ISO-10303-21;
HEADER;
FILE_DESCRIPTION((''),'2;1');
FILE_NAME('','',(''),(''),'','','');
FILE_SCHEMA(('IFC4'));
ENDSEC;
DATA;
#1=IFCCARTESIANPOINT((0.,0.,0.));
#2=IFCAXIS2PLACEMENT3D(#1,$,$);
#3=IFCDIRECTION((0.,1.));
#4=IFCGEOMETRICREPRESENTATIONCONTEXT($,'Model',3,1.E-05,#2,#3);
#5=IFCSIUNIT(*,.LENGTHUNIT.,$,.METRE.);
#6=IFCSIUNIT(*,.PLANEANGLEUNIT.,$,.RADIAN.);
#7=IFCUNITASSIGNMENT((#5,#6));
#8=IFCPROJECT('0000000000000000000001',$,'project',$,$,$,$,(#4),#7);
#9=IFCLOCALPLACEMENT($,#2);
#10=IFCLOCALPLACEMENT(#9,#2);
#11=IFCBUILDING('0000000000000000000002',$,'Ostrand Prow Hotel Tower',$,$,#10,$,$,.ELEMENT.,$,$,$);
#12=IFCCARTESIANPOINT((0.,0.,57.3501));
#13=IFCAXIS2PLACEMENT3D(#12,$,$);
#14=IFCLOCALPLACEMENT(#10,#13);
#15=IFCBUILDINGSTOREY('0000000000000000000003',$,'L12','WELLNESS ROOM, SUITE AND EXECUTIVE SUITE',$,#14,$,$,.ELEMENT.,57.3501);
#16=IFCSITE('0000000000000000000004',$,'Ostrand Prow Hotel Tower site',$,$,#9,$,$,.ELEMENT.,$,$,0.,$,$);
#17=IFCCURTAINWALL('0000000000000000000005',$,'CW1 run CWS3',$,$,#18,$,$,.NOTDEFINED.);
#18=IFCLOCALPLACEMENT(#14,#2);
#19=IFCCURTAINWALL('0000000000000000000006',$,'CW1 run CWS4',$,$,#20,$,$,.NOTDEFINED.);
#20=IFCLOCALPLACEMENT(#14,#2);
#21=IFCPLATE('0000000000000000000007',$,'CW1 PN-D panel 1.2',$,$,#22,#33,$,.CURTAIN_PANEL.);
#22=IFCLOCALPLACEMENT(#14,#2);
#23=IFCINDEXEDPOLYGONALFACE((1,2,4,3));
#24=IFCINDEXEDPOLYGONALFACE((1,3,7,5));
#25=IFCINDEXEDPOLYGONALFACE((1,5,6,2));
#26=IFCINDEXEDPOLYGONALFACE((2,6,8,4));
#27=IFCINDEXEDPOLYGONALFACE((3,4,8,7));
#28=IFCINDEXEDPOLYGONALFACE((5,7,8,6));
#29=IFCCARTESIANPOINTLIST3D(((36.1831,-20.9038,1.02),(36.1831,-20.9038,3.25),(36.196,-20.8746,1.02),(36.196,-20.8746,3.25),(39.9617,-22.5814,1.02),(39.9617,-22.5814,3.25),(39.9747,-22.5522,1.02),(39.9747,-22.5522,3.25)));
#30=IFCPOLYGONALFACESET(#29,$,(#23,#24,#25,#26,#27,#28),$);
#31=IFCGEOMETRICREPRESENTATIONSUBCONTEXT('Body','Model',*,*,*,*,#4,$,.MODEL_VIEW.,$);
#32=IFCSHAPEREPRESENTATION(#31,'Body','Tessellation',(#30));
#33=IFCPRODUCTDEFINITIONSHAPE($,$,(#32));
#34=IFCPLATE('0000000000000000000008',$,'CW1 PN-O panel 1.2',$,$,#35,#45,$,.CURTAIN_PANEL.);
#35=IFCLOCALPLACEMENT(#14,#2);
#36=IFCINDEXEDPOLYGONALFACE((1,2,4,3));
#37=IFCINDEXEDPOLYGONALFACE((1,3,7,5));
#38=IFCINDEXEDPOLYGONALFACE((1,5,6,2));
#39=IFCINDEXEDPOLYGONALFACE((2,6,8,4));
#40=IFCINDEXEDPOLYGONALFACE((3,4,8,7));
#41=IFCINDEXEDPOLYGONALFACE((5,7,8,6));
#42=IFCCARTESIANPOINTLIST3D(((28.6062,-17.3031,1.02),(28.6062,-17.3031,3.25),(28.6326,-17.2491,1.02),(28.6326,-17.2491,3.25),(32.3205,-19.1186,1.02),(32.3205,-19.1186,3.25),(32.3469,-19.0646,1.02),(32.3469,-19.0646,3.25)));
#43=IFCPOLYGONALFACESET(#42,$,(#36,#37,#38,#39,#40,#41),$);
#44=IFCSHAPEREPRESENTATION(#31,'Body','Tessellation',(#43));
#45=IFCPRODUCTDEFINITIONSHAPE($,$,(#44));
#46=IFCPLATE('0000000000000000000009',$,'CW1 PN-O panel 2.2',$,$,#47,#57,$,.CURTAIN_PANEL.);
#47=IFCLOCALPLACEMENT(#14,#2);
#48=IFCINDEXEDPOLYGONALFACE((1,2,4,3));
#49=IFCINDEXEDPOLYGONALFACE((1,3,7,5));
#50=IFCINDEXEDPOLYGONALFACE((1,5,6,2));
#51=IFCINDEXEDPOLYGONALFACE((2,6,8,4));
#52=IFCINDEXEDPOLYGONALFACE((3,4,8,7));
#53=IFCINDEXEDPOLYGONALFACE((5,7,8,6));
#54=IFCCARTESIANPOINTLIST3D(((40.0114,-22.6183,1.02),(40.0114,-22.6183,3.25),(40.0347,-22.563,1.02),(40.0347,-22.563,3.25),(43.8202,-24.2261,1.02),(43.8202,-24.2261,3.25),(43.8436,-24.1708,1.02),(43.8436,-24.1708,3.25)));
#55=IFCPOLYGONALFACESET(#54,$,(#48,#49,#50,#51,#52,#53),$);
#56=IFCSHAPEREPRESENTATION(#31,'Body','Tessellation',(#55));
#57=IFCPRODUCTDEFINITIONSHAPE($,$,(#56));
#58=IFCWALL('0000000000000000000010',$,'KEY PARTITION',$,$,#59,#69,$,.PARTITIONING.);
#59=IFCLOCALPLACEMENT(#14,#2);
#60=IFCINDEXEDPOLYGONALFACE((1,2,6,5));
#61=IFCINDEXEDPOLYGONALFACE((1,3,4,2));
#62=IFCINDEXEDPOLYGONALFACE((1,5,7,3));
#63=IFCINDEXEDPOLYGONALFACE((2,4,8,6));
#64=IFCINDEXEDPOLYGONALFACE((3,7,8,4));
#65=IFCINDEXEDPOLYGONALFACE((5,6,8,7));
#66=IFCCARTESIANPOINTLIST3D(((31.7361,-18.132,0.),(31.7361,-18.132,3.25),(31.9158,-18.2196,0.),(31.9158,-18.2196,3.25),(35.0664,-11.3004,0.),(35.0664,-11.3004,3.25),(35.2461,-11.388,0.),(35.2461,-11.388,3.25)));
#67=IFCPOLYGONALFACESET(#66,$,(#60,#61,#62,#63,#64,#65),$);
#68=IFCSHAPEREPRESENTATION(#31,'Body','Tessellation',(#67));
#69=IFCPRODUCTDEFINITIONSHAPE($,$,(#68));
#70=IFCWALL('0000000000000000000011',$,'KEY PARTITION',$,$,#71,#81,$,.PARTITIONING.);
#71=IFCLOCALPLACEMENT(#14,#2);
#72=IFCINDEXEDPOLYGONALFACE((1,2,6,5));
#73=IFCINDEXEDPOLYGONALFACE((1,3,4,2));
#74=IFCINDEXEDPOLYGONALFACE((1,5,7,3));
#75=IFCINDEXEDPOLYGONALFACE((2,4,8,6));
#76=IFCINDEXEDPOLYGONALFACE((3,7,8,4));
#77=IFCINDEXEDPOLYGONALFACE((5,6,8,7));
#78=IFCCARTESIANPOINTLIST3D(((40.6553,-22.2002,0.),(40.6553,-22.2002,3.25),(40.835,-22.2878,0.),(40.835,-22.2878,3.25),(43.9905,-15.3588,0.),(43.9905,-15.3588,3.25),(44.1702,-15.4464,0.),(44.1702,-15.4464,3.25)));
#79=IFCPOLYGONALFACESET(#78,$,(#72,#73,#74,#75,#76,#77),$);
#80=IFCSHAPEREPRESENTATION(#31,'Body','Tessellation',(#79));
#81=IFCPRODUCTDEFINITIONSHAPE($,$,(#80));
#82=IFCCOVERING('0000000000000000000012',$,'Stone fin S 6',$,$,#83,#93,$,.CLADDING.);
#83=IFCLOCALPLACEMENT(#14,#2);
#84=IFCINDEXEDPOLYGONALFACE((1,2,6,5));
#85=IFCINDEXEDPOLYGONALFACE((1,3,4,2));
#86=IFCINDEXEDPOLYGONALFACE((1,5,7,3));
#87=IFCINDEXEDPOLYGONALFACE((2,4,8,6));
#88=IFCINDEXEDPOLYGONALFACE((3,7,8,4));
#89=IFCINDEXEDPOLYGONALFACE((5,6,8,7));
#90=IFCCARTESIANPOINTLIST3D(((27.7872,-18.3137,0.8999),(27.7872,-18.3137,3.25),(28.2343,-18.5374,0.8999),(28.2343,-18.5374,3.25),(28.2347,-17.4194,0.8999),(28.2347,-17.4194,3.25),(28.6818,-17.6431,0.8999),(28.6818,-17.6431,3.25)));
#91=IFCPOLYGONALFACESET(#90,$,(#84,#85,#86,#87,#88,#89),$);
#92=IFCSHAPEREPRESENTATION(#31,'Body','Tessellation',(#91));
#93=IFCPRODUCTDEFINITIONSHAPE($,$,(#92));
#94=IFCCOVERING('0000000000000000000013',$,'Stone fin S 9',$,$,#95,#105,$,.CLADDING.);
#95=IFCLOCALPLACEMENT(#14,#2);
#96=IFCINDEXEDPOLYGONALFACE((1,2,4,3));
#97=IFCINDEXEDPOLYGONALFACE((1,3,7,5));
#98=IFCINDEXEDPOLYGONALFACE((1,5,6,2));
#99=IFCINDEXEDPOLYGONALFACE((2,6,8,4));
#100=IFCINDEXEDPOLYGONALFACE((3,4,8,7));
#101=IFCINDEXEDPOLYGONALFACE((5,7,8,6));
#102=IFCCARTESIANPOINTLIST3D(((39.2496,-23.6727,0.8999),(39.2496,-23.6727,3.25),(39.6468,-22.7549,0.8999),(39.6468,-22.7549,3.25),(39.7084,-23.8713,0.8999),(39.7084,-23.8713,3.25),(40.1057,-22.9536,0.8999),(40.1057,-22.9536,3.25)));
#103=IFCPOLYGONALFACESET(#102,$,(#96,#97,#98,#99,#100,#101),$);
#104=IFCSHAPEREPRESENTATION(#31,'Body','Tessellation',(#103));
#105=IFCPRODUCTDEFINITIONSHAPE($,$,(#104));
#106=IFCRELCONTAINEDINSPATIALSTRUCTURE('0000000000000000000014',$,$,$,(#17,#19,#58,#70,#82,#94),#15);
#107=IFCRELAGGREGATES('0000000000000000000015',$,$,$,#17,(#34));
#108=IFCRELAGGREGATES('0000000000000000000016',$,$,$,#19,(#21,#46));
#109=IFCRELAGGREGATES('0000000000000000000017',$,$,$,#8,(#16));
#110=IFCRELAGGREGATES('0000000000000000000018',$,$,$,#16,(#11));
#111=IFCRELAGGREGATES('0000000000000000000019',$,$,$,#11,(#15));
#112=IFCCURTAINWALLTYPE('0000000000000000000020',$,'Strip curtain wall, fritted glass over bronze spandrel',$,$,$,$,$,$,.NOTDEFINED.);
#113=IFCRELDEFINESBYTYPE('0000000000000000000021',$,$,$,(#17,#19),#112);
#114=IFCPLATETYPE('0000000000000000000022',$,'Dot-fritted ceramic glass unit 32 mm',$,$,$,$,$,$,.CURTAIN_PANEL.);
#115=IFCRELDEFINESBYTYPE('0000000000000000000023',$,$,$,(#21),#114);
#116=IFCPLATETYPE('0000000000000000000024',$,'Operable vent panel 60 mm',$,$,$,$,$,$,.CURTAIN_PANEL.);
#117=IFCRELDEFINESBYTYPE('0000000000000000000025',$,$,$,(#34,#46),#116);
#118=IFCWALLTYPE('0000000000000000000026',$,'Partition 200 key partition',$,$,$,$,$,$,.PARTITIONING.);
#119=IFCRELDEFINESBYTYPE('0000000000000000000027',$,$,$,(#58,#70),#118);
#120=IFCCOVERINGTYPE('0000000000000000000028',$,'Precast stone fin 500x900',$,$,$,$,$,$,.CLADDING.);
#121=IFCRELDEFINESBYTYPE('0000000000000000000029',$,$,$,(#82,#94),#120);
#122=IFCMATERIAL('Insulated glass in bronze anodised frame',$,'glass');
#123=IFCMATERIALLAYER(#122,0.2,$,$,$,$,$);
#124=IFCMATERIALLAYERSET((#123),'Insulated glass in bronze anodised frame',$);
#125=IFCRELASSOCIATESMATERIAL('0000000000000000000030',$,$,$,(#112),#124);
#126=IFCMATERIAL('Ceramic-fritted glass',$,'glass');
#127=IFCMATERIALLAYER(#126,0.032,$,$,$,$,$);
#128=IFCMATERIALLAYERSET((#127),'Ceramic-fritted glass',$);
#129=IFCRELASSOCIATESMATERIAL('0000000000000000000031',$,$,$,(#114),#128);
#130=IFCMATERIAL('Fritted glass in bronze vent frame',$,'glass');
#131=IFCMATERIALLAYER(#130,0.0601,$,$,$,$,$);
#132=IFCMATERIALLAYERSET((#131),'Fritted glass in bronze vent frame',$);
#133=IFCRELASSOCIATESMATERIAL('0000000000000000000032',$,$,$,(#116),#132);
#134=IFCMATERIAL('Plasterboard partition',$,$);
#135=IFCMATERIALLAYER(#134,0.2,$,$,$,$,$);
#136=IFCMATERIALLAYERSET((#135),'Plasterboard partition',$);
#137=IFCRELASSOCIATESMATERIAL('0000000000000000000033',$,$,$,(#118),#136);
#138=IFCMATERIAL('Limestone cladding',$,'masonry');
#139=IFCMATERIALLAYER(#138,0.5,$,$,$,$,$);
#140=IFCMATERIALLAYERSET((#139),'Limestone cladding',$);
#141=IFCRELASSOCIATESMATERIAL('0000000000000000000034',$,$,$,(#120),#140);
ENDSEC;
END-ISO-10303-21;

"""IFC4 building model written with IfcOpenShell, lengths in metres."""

from ifc_helpers import new_model, si_unit, direction, frame, frame_2d, origin, origin_2d, place, context, subcontext, project, spatial, rectangle, extrude, material, layer, layer_set, type_object, element, aggregate, save


model = new_model("IFC4")

# Units and contexts
model_context = context("Model", 3, precision=1e-05, world=origin(), true_north=direction((0.0, 1.0)))
body_context = subcontext(model_context, "Body", "Model", "MODEL_VIEW")
ifc_project = project(units=[si_unit("LENGTHUNIT", "METRE"), si_unit("PLANEANGLEUNIT", "RADIAN")], contexts=[model_context])

# Site, building, storey
site_placement = place(None, origin())
site = spatial("IfcSite", under=ifc_project, at=site_placement, Name="Ostrand Prow Hotel Tower site", CompositionType="ELEMENT", RefElevation=0.0)
building_placement = place(site_placement, origin())
building = spatial("IfcBuilding", under=site, at=building_placement, Name="Ostrand Prow Hotel Tower", CompositionType="ELEMENT")
storey_placement = place(building_placement, frame((0.0, 0.0, 57.3501)))
storey = spatial("IfcBuildingStorey", under=building, at=storey_placement, Name="L12", Description="WELLNESS ROOM, SUITE AND EXECUTIVE SUITE", CompositionType="ELEMENT", Elevation=57.3501)

# Curtain wall
ifc_material_1 = material(Name="Insulated glass in bronze anodised frame", Category="glass")
ifc_layer_1 = layer(ifc_material_1, 0.2)
ifc_layer_set_1 = layer_set([ifc_layer_1], Name="Insulated glass in bronze anodised frame")
curtain_wall_type = type_object("IfcCurtainWallType", Name="Strip curtain wall, fritted glass over bronze spandrel", PredefinedType="NOTDEFINED", material=ifc_layer_set_1)
curtain_wall_1_placement = place(storey_placement, origin())
curtain_wall_1 = element("IfcCurtainWall", 1, at=curtain_wall_1_placement, inside=storey, type_object=curtain_wall_type, Name="CW1 run CWS3", PredefinedType="NOTDEFINED")

# Curtain wall
curtain_wall_2_placement = place(storey_placement, origin())
curtain_wall_2 = element("IfcCurtainWall", 2, at=curtain_wall_2_placement, inside=storey, type_object=curtain_wall_type, Name="CW1 run CWS4", PredefinedType="NOTDEFINED")

# Plates
ifc_material_2 = material(Name="Ceramic-fritted glass", Category="glass")
ifc_layer_2 = layer(ifc_material_2, 0.032)
ifc_layer_set_2 = layer_set([ifc_layer_2], Name="Ceramic-fritted glass")
plate_type_1 = type_object("IfcPlateType", Name="Dot-fritted ceramic glass unit 32 mm", PredefinedType="CURTAIN_PANEL", material=ifc_layer_set_2)
plate_1_placement = place(storey_placement, frame((38.0789, -21.728, 1.02), z_axis=(0.0, 0.0, 1.0), x_axis=(0.913971, -0.40578, 0.0)))
plate_1 = element("IfcPlate", 3, at=plate_1_placement, type_object=plate_type_1, Name="CW1 PN-D panel 1.2", PredefinedType="CURTAIN_PANEL", context=body_context, shape_type="SweptSolid", body=[
    extrude(rectangle(XDim=4.1343, YDim=0.032, at=origin_2d()), origin(), (0.0, 0.0, 1.0), 2.23),
])
ifc_material_3 = material(Name="Fritted glass in bronze vent frame", Category="glass")
ifc_layer_3 = layer(ifc_material_3, 0.0601)
ifc_layer_set_3 = layer_set([ifc_layer_3], Name="Fritted glass in bronze vent frame")
plate_type_2 = type_object("IfcPlateType", Name="Operable vent panel 60 mm", PredefinedType="CURTAIN_PANEL", material=ifc_layer_set_3)
plate_2_placement = place(storey_placement, frame((30.4766, -18.1838, 1.02), z_axis=(0.0, 0.0, 1.0), x_axis=(0.89842, -0.439138, 0.0)))
plate_2 = element("IfcPlate", 4, at=plate_2_placement, type_object=plate_type_2, Name="CW1 PN-O panel 1.2", PredefinedType="CURTAIN_PANEL", context=body_context, shape_type="SweptSolid", body=[
    extrude(rectangle(XDim=4.1343, YDim=0.0601, at=origin_2d()), origin(), (0.0, 0.0, 1.0), 2.23),
])
aggregate(curtain_wall_1, [plate_2])
plate_3_placement = place(storey_placement, frame((41.9275, -23.3945, 1.02), z_axis=(0.0, 0.0, 1.0), x_axis=(0.921283, -0.388892, 0.0)))
plate_3 = element("IfcPlate", 5, at=plate_3_placement, type_object=plate_type_2, Name="CW1 PN-O panel 2.2", PredefinedType="CURTAIN_PANEL", context=body_context, shape_type="SweptSolid", body=[
    extrude(rectangle(XDim=4.1343, YDim=0.0601, at=origin_2d()), origin(), (0.0, 0.0, 1.0), 2.23),
])
aggregate(curtain_wall_2, [plate_1, plate_3])

# Walls
ifc_material_4 = material(Name="Plasterboard partition")
ifc_layer_4 = layer(ifc_material_4, 0.2)
ifc_layer_set_4 = layer_set([ifc_layer_4], Name="Plasterboard partition")
wall_type = type_object("IfcWallType", Name="Partition 200 key partition", PredefinedType="PARTITIONING", material=ifc_layer_set_4)
wall_1_placement = place(storey_placement, frame((31.8259, -18.1758, 0.0), z_axis=(0.0, 0.0, 1.0), x_axis=(0.438196, 0.898879, 0.0)))
element("IfcWall", 6, at=wall_1_placement, inside=storey, type_object=wall_type, Name="KEY PARTITION", PredefinedType="PARTITIONING", context=body_context, shape_type="SweptSolid", body=[
    extrude(rectangle(XDim=7.6001, YDim=0.2, at=frame_2d((3.8, 0.0))), origin(), (0.0, 0.0, 1.0), 3.25),
])
wall_2_placement = place(storey_placement, frame((40.7451, -22.2441, 0.0), z_axis=(0.0, 0.0, 1.0), x_axis=(0.438197, 0.898879, 0.0)))
element("IfcWall", 7, at=wall_2_placement, inside=storey, type_object=wall_type, Name="KEY PARTITION", PredefinedType="PARTITIONING", context=body_context, shape_type="SweptSolid", body=[
    extrude(rectangle(XDim=7.6111, YDim=0.2, at=frame_2d((3.8057, 0.0))), origin(), (0.0, 0.0, 1.0), 3.25),
])

# Coverings
ifc_material_5 = material(Name="Limestone cladding", Category="masonry")
ifc_layer_5 = layer(ifc_material_5, 0.5)
ifc_layer_set_5 = layer_set([ifc_layer_5], Name="Limestone cladding")
covering_type = type_object("IfcCoveringType", Name="Precast stone fin 500x900", PredefinedType="CLADDING", material=ifc_layer_set_5)
for number, where, z_axis, x_axis, name in (
    (8, (28.4583, -17.5312, 0.8999), (0.0, 0.0, 1.0), (-0.447507, -0.894281, 0.0), "Stone fin S 6"),
    (9, (39.8762, -22.8542, 0.8999), (0.0, 0.0, 1.0), (-0.397217, -0.917725, 0.0), "Stone fin S 9"),
):
    element("IfcCovering", number, at=place(storey_placement, frame(where, z_axis=z_axis, x_axis=x_axis)), inside=storey, type_object=covering_type, Name=name, PredefinedType="CLADDING", context=body_context, shape_type="SweptSolid", body=[
        extrude(rectangle(XDim=1.0, YDim=0.5, at=frame_2d((0.5, 0.0))), origin(), (0.0, 0.0, 1.0), 2.3501),
    ])

save(model, "model.ifc")
